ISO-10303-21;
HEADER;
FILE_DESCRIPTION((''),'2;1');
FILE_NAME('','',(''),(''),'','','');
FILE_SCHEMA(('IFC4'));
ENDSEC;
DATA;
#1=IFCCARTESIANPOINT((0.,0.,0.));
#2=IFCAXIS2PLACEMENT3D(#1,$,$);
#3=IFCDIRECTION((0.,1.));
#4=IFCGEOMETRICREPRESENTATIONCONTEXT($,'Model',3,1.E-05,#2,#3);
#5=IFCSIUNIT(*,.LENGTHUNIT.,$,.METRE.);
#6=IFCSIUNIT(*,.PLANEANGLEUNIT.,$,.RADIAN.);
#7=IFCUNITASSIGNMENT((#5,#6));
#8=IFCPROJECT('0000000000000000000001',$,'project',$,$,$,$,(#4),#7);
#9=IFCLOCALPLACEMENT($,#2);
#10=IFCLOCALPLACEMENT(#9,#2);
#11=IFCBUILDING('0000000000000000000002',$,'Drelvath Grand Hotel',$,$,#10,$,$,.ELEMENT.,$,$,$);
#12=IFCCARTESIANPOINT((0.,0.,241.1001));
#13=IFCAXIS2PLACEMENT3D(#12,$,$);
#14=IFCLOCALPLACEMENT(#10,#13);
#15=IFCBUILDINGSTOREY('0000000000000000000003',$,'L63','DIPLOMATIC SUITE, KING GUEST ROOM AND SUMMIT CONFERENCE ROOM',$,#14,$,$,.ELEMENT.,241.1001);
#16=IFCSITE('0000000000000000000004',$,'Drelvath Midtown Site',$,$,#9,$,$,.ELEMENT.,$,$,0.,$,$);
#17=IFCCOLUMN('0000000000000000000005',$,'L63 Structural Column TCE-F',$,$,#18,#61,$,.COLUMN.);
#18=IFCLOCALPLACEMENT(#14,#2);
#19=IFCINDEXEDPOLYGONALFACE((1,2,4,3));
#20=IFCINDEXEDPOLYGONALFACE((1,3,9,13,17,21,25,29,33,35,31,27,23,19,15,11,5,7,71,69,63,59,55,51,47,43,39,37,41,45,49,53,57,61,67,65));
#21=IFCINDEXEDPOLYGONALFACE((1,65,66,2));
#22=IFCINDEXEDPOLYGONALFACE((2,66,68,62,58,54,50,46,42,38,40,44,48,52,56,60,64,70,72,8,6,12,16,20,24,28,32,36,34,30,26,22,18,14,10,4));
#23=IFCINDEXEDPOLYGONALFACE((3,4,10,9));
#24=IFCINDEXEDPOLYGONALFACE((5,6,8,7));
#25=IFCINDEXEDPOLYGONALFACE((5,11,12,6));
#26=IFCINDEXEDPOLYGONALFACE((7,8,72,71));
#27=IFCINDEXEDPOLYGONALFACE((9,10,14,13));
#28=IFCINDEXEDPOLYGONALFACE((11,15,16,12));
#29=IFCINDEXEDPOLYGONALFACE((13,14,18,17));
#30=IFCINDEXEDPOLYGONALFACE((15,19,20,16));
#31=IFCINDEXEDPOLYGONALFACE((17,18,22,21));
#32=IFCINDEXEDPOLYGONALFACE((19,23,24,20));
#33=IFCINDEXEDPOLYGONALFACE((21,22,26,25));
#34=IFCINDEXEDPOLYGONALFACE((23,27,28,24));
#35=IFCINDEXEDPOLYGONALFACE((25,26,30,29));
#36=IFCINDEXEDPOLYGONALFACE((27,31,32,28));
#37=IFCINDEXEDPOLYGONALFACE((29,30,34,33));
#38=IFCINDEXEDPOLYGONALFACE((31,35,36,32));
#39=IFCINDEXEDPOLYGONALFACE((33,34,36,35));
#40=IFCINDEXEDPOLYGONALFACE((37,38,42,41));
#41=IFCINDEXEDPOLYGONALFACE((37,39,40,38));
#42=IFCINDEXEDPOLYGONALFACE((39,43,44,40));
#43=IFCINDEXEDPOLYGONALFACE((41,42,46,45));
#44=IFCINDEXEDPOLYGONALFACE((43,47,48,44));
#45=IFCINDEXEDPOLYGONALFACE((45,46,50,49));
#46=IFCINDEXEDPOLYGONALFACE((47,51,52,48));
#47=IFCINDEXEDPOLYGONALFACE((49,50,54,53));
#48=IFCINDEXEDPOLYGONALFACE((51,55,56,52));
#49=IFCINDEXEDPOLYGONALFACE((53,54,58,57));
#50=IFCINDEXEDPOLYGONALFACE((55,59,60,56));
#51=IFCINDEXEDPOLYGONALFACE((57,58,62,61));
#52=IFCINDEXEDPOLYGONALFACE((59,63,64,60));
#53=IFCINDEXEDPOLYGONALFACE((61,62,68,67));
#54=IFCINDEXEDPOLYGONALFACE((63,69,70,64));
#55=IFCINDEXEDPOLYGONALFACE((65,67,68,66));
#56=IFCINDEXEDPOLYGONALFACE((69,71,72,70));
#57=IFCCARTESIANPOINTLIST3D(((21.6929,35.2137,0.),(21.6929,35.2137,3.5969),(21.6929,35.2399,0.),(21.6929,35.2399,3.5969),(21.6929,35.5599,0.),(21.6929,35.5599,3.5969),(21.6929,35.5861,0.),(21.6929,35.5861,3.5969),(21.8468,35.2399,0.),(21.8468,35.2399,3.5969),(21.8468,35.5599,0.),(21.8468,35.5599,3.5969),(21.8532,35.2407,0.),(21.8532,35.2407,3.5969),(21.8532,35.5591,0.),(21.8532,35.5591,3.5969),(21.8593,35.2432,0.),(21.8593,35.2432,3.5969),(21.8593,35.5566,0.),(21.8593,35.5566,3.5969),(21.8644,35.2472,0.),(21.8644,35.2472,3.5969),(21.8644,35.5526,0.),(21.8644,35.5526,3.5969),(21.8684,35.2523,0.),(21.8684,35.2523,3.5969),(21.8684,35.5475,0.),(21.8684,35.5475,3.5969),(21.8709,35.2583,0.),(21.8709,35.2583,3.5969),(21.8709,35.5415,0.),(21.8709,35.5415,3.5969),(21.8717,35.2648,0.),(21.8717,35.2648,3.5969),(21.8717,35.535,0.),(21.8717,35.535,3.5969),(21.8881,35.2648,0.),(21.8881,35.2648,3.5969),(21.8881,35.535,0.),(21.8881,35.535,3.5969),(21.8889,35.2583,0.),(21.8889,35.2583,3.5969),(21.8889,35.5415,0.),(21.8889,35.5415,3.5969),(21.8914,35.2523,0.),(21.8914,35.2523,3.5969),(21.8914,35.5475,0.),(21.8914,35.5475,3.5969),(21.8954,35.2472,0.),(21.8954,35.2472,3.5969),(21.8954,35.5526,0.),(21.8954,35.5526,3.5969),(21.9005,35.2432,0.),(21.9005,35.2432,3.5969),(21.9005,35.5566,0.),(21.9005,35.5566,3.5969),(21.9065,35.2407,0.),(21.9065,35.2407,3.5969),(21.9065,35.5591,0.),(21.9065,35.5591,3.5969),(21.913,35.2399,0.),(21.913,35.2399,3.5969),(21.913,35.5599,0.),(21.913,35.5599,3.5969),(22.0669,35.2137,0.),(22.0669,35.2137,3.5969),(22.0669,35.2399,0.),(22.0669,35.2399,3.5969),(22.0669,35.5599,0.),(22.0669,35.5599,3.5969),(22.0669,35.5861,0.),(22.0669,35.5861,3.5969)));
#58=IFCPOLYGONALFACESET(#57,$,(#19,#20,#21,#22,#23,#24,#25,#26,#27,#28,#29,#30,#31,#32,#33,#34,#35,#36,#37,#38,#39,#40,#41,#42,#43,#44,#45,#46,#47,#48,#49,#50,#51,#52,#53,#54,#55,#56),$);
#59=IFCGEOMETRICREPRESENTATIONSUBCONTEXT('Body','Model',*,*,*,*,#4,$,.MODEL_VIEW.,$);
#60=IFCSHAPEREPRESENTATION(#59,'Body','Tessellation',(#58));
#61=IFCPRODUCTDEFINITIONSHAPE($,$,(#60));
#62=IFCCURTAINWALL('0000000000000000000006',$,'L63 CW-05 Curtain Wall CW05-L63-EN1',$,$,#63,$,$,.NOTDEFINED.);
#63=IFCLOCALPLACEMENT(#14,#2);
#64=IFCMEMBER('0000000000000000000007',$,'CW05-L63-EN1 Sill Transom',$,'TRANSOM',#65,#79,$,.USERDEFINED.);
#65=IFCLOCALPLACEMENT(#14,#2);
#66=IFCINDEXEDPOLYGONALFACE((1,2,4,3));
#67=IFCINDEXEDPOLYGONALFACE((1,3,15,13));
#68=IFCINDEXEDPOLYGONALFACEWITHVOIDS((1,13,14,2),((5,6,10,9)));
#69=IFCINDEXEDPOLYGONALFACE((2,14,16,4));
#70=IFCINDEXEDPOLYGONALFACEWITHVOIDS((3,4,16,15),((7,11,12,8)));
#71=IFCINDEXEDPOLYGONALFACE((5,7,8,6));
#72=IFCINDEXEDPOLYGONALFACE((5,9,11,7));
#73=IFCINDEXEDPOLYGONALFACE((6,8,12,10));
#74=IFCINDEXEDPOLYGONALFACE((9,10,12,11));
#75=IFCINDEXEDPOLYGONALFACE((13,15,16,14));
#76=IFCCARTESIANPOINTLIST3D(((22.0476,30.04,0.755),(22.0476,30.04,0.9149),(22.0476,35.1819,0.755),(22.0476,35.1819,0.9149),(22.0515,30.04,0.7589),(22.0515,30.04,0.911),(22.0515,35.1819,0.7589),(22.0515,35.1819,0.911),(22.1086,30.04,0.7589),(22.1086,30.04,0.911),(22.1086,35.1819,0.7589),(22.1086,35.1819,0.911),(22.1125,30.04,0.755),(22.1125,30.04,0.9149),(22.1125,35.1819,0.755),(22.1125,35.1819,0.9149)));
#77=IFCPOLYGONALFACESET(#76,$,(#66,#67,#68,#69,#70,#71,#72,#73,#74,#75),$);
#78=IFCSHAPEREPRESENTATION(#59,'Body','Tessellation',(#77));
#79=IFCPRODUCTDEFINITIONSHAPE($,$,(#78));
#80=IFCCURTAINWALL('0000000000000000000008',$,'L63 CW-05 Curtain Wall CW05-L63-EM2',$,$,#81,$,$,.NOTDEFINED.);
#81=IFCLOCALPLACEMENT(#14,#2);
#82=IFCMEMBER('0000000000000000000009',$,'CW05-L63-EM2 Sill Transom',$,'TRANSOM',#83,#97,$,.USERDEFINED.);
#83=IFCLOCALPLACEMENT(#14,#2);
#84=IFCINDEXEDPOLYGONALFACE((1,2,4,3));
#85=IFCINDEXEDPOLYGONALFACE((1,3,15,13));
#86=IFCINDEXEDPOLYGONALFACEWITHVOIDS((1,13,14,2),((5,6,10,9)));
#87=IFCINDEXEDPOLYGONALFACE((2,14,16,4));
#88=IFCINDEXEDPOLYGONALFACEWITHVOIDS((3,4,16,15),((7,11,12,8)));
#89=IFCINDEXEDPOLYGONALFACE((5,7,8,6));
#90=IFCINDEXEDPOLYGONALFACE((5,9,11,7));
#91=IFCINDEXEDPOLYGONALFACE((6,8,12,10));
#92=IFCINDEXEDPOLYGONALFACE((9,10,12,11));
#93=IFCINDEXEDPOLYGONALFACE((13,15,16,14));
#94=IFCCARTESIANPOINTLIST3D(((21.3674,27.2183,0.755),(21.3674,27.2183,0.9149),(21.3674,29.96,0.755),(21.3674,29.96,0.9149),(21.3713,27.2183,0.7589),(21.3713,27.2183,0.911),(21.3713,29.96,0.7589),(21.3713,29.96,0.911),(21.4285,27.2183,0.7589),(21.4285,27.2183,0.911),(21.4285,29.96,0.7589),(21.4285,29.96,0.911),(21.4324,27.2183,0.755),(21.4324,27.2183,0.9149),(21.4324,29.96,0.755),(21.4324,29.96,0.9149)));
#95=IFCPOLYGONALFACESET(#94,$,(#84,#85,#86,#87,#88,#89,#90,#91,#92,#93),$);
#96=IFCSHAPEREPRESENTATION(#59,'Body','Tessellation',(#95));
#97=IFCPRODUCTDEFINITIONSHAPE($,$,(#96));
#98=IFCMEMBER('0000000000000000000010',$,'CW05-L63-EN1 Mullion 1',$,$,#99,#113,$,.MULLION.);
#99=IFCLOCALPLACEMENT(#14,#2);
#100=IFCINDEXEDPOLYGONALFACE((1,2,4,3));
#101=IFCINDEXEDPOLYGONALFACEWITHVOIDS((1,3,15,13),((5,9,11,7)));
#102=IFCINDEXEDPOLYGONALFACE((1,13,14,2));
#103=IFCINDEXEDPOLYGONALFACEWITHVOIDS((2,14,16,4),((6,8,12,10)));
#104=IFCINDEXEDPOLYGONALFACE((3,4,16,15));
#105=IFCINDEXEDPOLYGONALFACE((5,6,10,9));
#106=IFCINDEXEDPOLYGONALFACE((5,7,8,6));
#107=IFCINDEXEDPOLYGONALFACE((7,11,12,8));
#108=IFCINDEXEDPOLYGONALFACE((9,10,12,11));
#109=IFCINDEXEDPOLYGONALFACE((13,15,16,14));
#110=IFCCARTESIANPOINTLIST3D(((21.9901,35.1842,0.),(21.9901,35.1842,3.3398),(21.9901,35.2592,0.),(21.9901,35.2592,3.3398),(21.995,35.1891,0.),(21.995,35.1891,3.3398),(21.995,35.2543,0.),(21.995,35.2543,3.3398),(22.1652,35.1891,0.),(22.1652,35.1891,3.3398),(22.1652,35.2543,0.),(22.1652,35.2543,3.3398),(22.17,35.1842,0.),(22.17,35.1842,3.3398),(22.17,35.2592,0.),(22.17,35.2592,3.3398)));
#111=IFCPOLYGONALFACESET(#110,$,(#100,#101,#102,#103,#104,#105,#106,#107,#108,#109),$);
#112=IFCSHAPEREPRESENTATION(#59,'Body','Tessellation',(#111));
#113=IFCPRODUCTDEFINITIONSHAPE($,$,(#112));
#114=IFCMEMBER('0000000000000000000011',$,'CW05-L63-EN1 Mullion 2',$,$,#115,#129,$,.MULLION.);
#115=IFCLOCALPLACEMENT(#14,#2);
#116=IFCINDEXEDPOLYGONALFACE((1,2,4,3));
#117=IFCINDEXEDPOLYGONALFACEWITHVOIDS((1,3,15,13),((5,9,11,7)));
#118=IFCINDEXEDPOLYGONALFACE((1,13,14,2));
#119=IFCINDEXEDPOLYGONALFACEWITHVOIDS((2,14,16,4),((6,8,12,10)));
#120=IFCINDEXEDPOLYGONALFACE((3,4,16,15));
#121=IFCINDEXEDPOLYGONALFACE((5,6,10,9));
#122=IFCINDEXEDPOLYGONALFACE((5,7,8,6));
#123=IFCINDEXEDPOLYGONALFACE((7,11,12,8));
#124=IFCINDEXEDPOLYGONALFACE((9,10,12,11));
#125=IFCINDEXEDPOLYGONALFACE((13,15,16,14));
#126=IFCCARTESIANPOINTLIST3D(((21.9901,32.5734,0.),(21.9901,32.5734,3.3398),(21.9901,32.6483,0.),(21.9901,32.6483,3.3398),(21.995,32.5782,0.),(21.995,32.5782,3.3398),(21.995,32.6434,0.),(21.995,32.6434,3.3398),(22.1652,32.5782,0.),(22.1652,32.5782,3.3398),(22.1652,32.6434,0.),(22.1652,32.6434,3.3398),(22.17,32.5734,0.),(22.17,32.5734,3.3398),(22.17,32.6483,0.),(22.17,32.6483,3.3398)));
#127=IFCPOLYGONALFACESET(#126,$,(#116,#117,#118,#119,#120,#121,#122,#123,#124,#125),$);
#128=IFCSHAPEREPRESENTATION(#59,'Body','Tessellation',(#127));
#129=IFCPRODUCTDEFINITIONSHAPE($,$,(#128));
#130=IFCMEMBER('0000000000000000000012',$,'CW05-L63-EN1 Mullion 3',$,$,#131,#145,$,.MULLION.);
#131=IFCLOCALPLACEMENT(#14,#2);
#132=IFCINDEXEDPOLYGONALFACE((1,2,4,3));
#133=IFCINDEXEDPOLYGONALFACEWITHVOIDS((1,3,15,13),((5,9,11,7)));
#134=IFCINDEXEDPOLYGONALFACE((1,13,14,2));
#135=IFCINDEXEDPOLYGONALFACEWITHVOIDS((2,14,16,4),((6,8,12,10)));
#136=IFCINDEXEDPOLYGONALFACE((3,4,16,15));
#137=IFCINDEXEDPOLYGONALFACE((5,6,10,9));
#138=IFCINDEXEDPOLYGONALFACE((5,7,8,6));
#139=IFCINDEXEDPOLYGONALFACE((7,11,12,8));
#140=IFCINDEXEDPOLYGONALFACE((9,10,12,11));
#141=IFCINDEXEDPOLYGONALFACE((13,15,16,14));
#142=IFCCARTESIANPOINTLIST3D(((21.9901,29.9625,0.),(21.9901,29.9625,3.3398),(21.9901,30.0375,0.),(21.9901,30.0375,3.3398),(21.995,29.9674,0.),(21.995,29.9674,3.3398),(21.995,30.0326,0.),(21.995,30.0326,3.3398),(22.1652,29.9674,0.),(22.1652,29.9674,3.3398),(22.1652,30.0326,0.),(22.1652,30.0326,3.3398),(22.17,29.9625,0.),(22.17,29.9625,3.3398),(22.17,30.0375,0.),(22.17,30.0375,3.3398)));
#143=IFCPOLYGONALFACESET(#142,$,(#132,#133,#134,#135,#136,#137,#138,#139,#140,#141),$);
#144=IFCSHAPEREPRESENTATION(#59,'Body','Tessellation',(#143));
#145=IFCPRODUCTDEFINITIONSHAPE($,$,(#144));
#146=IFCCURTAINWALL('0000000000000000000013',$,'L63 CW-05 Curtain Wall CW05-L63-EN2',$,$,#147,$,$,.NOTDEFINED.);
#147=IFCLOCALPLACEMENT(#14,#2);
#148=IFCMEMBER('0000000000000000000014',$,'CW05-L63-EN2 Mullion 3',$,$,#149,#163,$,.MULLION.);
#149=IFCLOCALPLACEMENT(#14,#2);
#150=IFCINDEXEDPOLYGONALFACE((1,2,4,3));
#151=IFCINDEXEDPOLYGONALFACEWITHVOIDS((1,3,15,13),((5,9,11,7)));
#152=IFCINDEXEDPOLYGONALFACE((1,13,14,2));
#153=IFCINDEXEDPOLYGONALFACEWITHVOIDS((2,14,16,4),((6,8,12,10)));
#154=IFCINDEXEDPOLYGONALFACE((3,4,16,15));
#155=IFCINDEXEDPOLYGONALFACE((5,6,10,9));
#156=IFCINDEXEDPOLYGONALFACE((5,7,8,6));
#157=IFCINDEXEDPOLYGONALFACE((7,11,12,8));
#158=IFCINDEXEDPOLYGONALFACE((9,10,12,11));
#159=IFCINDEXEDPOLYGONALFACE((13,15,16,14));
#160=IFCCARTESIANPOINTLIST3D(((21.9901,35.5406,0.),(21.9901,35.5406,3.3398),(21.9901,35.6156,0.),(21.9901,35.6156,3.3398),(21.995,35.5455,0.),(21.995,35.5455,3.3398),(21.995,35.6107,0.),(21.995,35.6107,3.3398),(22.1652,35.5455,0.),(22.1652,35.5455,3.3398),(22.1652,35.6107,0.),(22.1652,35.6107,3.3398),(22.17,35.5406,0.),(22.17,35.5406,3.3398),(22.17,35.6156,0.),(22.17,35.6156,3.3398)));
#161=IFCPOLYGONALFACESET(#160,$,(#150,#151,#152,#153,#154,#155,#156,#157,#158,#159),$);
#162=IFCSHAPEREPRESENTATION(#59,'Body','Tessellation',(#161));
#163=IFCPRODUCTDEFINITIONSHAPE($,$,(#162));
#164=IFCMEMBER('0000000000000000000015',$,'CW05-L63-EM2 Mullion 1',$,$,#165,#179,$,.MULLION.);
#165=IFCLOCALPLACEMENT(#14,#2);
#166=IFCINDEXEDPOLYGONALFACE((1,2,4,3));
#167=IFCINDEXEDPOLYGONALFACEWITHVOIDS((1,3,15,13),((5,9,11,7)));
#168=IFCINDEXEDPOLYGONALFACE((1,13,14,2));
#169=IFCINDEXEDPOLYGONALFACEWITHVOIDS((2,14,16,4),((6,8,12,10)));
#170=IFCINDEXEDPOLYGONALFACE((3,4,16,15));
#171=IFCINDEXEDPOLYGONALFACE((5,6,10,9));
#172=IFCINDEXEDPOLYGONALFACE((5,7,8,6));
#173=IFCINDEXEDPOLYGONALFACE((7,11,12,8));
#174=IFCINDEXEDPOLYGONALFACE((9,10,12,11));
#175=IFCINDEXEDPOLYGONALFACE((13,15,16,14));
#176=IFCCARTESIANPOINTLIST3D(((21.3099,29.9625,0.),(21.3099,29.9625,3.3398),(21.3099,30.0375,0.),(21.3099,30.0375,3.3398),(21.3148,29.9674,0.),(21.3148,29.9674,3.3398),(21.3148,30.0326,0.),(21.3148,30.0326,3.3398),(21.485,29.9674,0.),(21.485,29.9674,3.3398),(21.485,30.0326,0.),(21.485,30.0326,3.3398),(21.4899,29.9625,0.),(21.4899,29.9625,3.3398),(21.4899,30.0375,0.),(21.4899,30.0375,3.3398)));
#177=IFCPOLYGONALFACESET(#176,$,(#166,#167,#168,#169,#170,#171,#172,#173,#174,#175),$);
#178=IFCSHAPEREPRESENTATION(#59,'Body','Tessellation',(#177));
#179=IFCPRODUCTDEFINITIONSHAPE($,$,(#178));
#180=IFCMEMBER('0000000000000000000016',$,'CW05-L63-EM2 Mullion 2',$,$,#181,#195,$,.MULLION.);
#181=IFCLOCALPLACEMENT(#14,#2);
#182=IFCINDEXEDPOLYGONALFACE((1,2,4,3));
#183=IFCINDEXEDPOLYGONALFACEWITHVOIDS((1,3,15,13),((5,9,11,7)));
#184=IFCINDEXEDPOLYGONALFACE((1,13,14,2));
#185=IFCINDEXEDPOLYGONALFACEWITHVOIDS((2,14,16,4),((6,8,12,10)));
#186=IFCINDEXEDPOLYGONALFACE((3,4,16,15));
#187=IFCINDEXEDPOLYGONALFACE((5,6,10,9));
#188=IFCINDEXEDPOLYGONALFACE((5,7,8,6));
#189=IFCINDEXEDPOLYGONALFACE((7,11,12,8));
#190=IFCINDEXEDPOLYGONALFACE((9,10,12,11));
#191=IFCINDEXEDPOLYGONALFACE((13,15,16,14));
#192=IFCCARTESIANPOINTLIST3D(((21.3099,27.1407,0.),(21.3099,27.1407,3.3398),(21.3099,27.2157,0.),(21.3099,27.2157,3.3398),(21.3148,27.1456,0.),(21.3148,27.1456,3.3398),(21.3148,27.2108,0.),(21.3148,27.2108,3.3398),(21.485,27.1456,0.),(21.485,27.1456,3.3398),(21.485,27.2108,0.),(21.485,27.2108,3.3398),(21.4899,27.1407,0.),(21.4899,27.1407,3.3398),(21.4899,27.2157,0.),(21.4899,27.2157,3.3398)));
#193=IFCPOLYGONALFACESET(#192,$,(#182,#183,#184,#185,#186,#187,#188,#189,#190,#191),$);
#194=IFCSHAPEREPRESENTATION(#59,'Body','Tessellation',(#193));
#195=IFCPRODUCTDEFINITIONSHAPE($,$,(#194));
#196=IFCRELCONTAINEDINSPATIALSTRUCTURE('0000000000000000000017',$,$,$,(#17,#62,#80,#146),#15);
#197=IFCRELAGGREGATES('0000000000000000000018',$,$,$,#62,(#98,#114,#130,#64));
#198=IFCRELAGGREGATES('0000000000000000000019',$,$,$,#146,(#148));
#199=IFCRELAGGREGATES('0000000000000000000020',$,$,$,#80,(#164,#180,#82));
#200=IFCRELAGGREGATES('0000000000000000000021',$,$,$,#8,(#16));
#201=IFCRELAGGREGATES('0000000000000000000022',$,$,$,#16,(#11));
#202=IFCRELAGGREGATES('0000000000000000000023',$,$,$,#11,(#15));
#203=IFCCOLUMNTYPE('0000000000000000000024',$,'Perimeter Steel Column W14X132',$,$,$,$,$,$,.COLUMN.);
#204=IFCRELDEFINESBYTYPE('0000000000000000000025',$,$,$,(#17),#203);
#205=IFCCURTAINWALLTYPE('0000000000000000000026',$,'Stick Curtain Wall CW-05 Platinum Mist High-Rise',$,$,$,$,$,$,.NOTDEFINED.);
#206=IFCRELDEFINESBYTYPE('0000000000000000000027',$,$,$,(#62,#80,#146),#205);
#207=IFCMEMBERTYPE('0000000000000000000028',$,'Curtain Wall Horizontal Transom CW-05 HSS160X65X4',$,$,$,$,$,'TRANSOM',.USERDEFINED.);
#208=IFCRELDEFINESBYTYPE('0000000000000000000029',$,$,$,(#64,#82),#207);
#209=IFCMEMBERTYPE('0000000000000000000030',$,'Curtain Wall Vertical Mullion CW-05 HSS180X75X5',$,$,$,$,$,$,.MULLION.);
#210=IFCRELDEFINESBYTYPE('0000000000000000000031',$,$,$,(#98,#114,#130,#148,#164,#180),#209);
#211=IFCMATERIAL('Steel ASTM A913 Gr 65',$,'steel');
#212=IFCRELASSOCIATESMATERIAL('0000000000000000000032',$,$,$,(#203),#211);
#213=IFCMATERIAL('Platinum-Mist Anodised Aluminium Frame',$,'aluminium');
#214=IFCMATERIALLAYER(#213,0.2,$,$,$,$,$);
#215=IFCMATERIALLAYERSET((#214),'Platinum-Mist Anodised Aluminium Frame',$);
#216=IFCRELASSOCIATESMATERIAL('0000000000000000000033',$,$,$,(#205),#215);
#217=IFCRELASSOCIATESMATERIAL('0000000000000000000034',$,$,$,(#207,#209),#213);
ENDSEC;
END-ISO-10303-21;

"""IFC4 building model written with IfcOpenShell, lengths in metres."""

from ifc_helpers import new_model, si_unit, direction, frame, origin, origin_2d, place, context, subcontext, project, spatial, hollow_rectangle, i_section, extrude, material, layer, layer_set, material_profile, profile_set, type_object, element, aggregate, save


model = new_model("IFC4")

# Units and contexts
model_context = context("Model", 3, precision=1e-05, world=origin(), true_north=direction((0.0, 1.0)))
body_context = subcontext(model_context, "Body", "Model", "MODEL_VIEW")
ifc_project = project(units=[si_unit("LENGTHUNIT", "METRE"), si_unit("PLANEANGLEUNIT", "RADIAN")], contexts=[model_context])

# Site, building, storey
site_placement = place(None, origin())
site = spatial("IfcSite", under=ifc_project, at=site_placement, Name="Drelvath Midtown Site", CompositionType="ELEMENT", RefElevation=0.0)
building_placement = place(site_placement, origin())
building = spatial("IfcBuilding", under=site, at=building_placement, Name="Drelvath Grand Hotel", CompositionType="ELEMENT")
storey_placement = place(building_placement, frame((0.0, 0.0, 241.1001)))
storey = spatial("IfcBuildingStorey", under=building, at=storey_placement, Name="L63", Description="DIPLOMATIC SUITE, KING GUEST ROOM AND SUMMIT CONFERENCE ROOM", CompositionType="ELEMENT", Elevation=241.1001)

# Column
ifc_material_1 = material(Name="Steel ASTM A913 Gr 65", Category="steel")
ifc_material_profile_1 = material_profile(ifc_material_1, i_section(OverallWidth=0.374, OverallDepth=0.3723, WebThickness=0.0164, FlangeThickness=0.0261, FilletRadius=0.0249, at=origin_2d()), Name="W14X132")
ifc_profile_set_1 = profile_set([ifc_material_profile_1], Name="Steel ASTM A913 Gr 65")
column_type = type_object("IfcColumnType", Name="Perimeter Steel Column W14X132", PredefinedType="COLUMN", material=ifc_profile_set_1)
column_placement = place(storey_placement, frame((21.8799, 35.3999, 0.0), z_axis=(0.0, 0.0, 1.0), x_axis=(1.0, 0.0, 0.0)))
element("IfcColumn", 1, at=column_placement, inside=storey, type_object=column_type, Name="L63 Structural Column TCE-F", PredefinedType="COLUMN", context=body_context, shape_type="SweptSolid", body=[
    extrude(i_section(OverallWidth=0.374, OverallDepth=0.3723, WebThickness=0.0164, FlangeThickness=0.0261, FilletRadius=0.0249, at=origin_2d()), origin(), (0.0, 0.0, 1.0), 3.5969),
])

# Curtain walls, members
ifc_material_2 = material(Name="Platinum-Mist Anodised Aluminium Frame", Category="aluminium")
ifc_layer_1 = layer(ifc_material_2, 0.2)
ifc_layer_set_1 = layer_set([ifc_layer_1], Name="Platinum-Mist Anodised Aluminium Frame")
curtain_wall_type = type_object("IfcCurtainWallType", Name="Stick Curtain Wall CW-05 Platinum Mist High-Rise", PredefinedType="NOTDEFINED", material=ifc_layer_set_1)
curtain_wall_1_placement = place(storey_placement, origin())
curtain_wall_1 = element("IfcCurtainWall", 2, at=curtain_wall_1_placement, inside=storey, type_object=curtain_wall_type, Name="L63 CW-05 Curtain Wall CW05-L63-EN1", PredefinedType="NOTDEFINED")
ifc_material_profile_2 = material_profile(ifc_material_2, hollow_rectangle(XDim=0.0649, YDim=0.1599, WallThickness=0.0039, at=origin_2d()), Name="HSS160X65X4")
ifc_profile_set_2 = profile_set([ifc_material_profile_2], Name="Platinum-Mist Anodised Aluminium Frame")
member_type_1 = type_object("IfcMemberType", Name="Curtain Wall Horizontal Transom CW-05 HSS160X65X4", ElementType="TRANSOM", PredefinedType="USERDEFINED", material=ifc_profile_set_2)
member_1_placement = place(storey_placement, frame((22.0801, 35.1819, 0.835), z_axis=(0.0, -1.0, 0.0), x_axis=(1.0, 0.0, 0.0)))
member_1 = element("IfcMember", 3, at=member_1_placement, type_object=member_type_1, Name="CW05-L63-EN1 Sill Transom", ObjectType="TRANSOM", PredefinedType="USERDEFINED", context=body_context, shape_type="SweptSolid", body=[
    extrude(hollow_rectangle(XDim=0.0649, YDim=0.1599, WallThickness=0.0039, at=origin_2d()), origin(), (0.0, 0.0, 1.0), 5.1418),
])
curtain_wall_2_placement = place(storey_placement, origin())
curtain_wall_2 = element("IfcCurtainWall", 4, at=curtain_wall_2_placement, inside=storey, type_object=curtain_wall_type, Name="L63 CW-05 Curtain Wall CW05-L63-EM2", PredefinedType="NOTDEFINED")
member_2_placement = place(storey_placement, frame((21.3999, 29.96, 0.835), z_axis=(0.0, -1.0, 0.0), x_axis=(1.0, 0.0, 0.0)))
member_2 = element("IfcMember", 5, at=member_2_placement, type_object=member_type_1, Name="CW05-L63-EM2 Sill Transom", ObjectType="TRANSOM", PredefinedType="USERDEFINED", context=body_context, shape_type="SweptSolid", body=[
    extrude(hollow_rectangle(XDim=0.0649, YDim=0.1599, WallThickness=0.0039, at=origin_2d()), origin(), (0.0, 0.0, 1.0), 2.7417),
])

# Members
ifc_material_profile_3 = material_profile(ifc_material_2, hollow_rectangle(XDim=0.075, YDim=0.1799, WallThickness=0.0049, at=origin_2d()), Name="HSS180X75X5")
ifc_profile_set_3 = profile_set([ifc_material_profile_3], Name="Platinum-Mist Anodised Aluminium Frame")
member_type_2 = type_object("IfcMemberType", Name="Curtain Wall Vertical Mullion CW-05 HSS180X75X5", PredefinedType="MULLION", material=ifc_profile_set_3)
member_3_placement = place(storey_placement, frame((22.0801, 35.2217, 0.0), z_axis=(0.0, 0.0, 1.0), x_axis=(0.0, 1.0, 0.0)))
member_3 = element("IfcMember", 6, at=member_3_placement, type_object=member_type_2, Name="CW05-L63-EN1 Mullion 1", PredefinedType="MULLION", context=body_context, shape_type="SweptSolid", body=[
    extrude(hollow_rectangle(XDim=0.075, YDim=0.1799, WallThickness=0.0049, at=origin_2d()), origin(), (0.0, 0.0, 1.0), 3.3398),
])
member_4_placement = place(storey_placement, frame((22.0801, 32.6108, 0.0), z_axis=(0.0, 0.0, 1.0), x_axis=(0.0, 1.0, 0.0)))
member_4 = element("IfcMember", 7, at=member_4_placement, type_object=member_type_2, Name="CW05-L63-EN1 Mullion 2", PredefinedType="MULLION", context=body_context, shape_type="SweptSolid", body=[
    extrude(hollow_rectangle(XDim=0.075, YDim=0.1799, WallThickness=0.0049, at=origin_2d()), origin(), (0.0, 0.0, 1.0), 3.3398),
])
member_5_placement = place(storey_placement, frame((22.0801, 30.0, 0.0), z_axis=(0.0, 0.0, 1.0), x_axis=(0.0, 1.0, 0.0)))
member_5 = element("IfcMember", 8, at=member_5_placement, type_object=member_type_2, Name="CW05-L63-EN1 Mullion 3", PredefinedType="MULLION", context=body_context, shape_type="SweptSolid", body=[
    extrude(hollow_rectangle(XDim=0.075, YDim=0.1799, WallThickness=0.0049, at=origin_2d()), origin(), (0.0, 0.0, 1.0), 3.3398),
])

# Curtain wall, member
curtain_wall_3_placement = place(storey_placement, origin())
curtain_wall_3 = element("IfcCurtainWall", 9, at=curtain_wall_3_placement, inside=storey, type_object=curtain_wall_type, Name="L63 CW-05 Curtain Wall CW05-L63-EN2", PredefinedType="NOTDEFINED")
member_6_placement = place(storey_placement, frame((22.0801, 35.5781, 0.0), z_axis=(0.0, 0.0, 1.0), x_axis=(0.0, 1.0, 0.0)))
member_6 = element("IfcMember", 10, at=member_6_placement, type_object=member_type_2, Name="CW05-L63-EN2 Mullion 3", PredefinedType="MULLION", context=body_context, shape_type="SweptSolid", body=[
    extrude(hollow_rectangle(XDim=0.075, YDim=0.1799, WallThickness=0.0049, at=origin_2d()), origin(), (0.0, 0.0, 1.0), 3.3398),
])

# Members
member_7_placement = place(storey_placement, frame((21.3999, 30.0, 0.0), z_axis=(0.0, 0.0, 1.0), x_axis=(0.0, 1.0, 0.0)))
member_7 = element("IfcMember", 11, at=member_7_placement, type_object=member_type_2, Name="CW05-L63-EM2 Mullion 1", PredefinedType="MULLION", context=body_context, shape_type="SweptSolid", body=[
    extrude(hollow_rectangle(XDim=0.075, YDim=0.1799, WallThickness=0.0049, at=origin_2d()), origin(), (0.0, 0.0, 1.0), 3.3398),
])
member_8_placement = place(storey_placement, frame((21.3999, 27.1782, 0.0), z_axis=(0.0, 0.0, 1.0), x_axis=(0.0, 1.0, 0.0)))
member_8 = element("IfcMember", 12, at=member_8_placement, type_object=member_type_2, Name="CW05-L63-EM2 Mullion 2", PredefinedType="MULLION", context=body_context, shape_type="SweptSolid", body=[
    extrude(hollow_rectangle(XDim=0.075, YDim=0.1799, WallThickness=0.0049, at=origin_2d()), origin(), (0.0, 0.0, 1.0), 3.3398),
])

aggregate(curtain_wall_1, [member_3, member_4, member_5, member_1])
aggregate(curtain_wall_3, [member_6])
aggregate(curtain_wall_2, [member_7, member_8, member_2])

save(model, "model.ifc")
